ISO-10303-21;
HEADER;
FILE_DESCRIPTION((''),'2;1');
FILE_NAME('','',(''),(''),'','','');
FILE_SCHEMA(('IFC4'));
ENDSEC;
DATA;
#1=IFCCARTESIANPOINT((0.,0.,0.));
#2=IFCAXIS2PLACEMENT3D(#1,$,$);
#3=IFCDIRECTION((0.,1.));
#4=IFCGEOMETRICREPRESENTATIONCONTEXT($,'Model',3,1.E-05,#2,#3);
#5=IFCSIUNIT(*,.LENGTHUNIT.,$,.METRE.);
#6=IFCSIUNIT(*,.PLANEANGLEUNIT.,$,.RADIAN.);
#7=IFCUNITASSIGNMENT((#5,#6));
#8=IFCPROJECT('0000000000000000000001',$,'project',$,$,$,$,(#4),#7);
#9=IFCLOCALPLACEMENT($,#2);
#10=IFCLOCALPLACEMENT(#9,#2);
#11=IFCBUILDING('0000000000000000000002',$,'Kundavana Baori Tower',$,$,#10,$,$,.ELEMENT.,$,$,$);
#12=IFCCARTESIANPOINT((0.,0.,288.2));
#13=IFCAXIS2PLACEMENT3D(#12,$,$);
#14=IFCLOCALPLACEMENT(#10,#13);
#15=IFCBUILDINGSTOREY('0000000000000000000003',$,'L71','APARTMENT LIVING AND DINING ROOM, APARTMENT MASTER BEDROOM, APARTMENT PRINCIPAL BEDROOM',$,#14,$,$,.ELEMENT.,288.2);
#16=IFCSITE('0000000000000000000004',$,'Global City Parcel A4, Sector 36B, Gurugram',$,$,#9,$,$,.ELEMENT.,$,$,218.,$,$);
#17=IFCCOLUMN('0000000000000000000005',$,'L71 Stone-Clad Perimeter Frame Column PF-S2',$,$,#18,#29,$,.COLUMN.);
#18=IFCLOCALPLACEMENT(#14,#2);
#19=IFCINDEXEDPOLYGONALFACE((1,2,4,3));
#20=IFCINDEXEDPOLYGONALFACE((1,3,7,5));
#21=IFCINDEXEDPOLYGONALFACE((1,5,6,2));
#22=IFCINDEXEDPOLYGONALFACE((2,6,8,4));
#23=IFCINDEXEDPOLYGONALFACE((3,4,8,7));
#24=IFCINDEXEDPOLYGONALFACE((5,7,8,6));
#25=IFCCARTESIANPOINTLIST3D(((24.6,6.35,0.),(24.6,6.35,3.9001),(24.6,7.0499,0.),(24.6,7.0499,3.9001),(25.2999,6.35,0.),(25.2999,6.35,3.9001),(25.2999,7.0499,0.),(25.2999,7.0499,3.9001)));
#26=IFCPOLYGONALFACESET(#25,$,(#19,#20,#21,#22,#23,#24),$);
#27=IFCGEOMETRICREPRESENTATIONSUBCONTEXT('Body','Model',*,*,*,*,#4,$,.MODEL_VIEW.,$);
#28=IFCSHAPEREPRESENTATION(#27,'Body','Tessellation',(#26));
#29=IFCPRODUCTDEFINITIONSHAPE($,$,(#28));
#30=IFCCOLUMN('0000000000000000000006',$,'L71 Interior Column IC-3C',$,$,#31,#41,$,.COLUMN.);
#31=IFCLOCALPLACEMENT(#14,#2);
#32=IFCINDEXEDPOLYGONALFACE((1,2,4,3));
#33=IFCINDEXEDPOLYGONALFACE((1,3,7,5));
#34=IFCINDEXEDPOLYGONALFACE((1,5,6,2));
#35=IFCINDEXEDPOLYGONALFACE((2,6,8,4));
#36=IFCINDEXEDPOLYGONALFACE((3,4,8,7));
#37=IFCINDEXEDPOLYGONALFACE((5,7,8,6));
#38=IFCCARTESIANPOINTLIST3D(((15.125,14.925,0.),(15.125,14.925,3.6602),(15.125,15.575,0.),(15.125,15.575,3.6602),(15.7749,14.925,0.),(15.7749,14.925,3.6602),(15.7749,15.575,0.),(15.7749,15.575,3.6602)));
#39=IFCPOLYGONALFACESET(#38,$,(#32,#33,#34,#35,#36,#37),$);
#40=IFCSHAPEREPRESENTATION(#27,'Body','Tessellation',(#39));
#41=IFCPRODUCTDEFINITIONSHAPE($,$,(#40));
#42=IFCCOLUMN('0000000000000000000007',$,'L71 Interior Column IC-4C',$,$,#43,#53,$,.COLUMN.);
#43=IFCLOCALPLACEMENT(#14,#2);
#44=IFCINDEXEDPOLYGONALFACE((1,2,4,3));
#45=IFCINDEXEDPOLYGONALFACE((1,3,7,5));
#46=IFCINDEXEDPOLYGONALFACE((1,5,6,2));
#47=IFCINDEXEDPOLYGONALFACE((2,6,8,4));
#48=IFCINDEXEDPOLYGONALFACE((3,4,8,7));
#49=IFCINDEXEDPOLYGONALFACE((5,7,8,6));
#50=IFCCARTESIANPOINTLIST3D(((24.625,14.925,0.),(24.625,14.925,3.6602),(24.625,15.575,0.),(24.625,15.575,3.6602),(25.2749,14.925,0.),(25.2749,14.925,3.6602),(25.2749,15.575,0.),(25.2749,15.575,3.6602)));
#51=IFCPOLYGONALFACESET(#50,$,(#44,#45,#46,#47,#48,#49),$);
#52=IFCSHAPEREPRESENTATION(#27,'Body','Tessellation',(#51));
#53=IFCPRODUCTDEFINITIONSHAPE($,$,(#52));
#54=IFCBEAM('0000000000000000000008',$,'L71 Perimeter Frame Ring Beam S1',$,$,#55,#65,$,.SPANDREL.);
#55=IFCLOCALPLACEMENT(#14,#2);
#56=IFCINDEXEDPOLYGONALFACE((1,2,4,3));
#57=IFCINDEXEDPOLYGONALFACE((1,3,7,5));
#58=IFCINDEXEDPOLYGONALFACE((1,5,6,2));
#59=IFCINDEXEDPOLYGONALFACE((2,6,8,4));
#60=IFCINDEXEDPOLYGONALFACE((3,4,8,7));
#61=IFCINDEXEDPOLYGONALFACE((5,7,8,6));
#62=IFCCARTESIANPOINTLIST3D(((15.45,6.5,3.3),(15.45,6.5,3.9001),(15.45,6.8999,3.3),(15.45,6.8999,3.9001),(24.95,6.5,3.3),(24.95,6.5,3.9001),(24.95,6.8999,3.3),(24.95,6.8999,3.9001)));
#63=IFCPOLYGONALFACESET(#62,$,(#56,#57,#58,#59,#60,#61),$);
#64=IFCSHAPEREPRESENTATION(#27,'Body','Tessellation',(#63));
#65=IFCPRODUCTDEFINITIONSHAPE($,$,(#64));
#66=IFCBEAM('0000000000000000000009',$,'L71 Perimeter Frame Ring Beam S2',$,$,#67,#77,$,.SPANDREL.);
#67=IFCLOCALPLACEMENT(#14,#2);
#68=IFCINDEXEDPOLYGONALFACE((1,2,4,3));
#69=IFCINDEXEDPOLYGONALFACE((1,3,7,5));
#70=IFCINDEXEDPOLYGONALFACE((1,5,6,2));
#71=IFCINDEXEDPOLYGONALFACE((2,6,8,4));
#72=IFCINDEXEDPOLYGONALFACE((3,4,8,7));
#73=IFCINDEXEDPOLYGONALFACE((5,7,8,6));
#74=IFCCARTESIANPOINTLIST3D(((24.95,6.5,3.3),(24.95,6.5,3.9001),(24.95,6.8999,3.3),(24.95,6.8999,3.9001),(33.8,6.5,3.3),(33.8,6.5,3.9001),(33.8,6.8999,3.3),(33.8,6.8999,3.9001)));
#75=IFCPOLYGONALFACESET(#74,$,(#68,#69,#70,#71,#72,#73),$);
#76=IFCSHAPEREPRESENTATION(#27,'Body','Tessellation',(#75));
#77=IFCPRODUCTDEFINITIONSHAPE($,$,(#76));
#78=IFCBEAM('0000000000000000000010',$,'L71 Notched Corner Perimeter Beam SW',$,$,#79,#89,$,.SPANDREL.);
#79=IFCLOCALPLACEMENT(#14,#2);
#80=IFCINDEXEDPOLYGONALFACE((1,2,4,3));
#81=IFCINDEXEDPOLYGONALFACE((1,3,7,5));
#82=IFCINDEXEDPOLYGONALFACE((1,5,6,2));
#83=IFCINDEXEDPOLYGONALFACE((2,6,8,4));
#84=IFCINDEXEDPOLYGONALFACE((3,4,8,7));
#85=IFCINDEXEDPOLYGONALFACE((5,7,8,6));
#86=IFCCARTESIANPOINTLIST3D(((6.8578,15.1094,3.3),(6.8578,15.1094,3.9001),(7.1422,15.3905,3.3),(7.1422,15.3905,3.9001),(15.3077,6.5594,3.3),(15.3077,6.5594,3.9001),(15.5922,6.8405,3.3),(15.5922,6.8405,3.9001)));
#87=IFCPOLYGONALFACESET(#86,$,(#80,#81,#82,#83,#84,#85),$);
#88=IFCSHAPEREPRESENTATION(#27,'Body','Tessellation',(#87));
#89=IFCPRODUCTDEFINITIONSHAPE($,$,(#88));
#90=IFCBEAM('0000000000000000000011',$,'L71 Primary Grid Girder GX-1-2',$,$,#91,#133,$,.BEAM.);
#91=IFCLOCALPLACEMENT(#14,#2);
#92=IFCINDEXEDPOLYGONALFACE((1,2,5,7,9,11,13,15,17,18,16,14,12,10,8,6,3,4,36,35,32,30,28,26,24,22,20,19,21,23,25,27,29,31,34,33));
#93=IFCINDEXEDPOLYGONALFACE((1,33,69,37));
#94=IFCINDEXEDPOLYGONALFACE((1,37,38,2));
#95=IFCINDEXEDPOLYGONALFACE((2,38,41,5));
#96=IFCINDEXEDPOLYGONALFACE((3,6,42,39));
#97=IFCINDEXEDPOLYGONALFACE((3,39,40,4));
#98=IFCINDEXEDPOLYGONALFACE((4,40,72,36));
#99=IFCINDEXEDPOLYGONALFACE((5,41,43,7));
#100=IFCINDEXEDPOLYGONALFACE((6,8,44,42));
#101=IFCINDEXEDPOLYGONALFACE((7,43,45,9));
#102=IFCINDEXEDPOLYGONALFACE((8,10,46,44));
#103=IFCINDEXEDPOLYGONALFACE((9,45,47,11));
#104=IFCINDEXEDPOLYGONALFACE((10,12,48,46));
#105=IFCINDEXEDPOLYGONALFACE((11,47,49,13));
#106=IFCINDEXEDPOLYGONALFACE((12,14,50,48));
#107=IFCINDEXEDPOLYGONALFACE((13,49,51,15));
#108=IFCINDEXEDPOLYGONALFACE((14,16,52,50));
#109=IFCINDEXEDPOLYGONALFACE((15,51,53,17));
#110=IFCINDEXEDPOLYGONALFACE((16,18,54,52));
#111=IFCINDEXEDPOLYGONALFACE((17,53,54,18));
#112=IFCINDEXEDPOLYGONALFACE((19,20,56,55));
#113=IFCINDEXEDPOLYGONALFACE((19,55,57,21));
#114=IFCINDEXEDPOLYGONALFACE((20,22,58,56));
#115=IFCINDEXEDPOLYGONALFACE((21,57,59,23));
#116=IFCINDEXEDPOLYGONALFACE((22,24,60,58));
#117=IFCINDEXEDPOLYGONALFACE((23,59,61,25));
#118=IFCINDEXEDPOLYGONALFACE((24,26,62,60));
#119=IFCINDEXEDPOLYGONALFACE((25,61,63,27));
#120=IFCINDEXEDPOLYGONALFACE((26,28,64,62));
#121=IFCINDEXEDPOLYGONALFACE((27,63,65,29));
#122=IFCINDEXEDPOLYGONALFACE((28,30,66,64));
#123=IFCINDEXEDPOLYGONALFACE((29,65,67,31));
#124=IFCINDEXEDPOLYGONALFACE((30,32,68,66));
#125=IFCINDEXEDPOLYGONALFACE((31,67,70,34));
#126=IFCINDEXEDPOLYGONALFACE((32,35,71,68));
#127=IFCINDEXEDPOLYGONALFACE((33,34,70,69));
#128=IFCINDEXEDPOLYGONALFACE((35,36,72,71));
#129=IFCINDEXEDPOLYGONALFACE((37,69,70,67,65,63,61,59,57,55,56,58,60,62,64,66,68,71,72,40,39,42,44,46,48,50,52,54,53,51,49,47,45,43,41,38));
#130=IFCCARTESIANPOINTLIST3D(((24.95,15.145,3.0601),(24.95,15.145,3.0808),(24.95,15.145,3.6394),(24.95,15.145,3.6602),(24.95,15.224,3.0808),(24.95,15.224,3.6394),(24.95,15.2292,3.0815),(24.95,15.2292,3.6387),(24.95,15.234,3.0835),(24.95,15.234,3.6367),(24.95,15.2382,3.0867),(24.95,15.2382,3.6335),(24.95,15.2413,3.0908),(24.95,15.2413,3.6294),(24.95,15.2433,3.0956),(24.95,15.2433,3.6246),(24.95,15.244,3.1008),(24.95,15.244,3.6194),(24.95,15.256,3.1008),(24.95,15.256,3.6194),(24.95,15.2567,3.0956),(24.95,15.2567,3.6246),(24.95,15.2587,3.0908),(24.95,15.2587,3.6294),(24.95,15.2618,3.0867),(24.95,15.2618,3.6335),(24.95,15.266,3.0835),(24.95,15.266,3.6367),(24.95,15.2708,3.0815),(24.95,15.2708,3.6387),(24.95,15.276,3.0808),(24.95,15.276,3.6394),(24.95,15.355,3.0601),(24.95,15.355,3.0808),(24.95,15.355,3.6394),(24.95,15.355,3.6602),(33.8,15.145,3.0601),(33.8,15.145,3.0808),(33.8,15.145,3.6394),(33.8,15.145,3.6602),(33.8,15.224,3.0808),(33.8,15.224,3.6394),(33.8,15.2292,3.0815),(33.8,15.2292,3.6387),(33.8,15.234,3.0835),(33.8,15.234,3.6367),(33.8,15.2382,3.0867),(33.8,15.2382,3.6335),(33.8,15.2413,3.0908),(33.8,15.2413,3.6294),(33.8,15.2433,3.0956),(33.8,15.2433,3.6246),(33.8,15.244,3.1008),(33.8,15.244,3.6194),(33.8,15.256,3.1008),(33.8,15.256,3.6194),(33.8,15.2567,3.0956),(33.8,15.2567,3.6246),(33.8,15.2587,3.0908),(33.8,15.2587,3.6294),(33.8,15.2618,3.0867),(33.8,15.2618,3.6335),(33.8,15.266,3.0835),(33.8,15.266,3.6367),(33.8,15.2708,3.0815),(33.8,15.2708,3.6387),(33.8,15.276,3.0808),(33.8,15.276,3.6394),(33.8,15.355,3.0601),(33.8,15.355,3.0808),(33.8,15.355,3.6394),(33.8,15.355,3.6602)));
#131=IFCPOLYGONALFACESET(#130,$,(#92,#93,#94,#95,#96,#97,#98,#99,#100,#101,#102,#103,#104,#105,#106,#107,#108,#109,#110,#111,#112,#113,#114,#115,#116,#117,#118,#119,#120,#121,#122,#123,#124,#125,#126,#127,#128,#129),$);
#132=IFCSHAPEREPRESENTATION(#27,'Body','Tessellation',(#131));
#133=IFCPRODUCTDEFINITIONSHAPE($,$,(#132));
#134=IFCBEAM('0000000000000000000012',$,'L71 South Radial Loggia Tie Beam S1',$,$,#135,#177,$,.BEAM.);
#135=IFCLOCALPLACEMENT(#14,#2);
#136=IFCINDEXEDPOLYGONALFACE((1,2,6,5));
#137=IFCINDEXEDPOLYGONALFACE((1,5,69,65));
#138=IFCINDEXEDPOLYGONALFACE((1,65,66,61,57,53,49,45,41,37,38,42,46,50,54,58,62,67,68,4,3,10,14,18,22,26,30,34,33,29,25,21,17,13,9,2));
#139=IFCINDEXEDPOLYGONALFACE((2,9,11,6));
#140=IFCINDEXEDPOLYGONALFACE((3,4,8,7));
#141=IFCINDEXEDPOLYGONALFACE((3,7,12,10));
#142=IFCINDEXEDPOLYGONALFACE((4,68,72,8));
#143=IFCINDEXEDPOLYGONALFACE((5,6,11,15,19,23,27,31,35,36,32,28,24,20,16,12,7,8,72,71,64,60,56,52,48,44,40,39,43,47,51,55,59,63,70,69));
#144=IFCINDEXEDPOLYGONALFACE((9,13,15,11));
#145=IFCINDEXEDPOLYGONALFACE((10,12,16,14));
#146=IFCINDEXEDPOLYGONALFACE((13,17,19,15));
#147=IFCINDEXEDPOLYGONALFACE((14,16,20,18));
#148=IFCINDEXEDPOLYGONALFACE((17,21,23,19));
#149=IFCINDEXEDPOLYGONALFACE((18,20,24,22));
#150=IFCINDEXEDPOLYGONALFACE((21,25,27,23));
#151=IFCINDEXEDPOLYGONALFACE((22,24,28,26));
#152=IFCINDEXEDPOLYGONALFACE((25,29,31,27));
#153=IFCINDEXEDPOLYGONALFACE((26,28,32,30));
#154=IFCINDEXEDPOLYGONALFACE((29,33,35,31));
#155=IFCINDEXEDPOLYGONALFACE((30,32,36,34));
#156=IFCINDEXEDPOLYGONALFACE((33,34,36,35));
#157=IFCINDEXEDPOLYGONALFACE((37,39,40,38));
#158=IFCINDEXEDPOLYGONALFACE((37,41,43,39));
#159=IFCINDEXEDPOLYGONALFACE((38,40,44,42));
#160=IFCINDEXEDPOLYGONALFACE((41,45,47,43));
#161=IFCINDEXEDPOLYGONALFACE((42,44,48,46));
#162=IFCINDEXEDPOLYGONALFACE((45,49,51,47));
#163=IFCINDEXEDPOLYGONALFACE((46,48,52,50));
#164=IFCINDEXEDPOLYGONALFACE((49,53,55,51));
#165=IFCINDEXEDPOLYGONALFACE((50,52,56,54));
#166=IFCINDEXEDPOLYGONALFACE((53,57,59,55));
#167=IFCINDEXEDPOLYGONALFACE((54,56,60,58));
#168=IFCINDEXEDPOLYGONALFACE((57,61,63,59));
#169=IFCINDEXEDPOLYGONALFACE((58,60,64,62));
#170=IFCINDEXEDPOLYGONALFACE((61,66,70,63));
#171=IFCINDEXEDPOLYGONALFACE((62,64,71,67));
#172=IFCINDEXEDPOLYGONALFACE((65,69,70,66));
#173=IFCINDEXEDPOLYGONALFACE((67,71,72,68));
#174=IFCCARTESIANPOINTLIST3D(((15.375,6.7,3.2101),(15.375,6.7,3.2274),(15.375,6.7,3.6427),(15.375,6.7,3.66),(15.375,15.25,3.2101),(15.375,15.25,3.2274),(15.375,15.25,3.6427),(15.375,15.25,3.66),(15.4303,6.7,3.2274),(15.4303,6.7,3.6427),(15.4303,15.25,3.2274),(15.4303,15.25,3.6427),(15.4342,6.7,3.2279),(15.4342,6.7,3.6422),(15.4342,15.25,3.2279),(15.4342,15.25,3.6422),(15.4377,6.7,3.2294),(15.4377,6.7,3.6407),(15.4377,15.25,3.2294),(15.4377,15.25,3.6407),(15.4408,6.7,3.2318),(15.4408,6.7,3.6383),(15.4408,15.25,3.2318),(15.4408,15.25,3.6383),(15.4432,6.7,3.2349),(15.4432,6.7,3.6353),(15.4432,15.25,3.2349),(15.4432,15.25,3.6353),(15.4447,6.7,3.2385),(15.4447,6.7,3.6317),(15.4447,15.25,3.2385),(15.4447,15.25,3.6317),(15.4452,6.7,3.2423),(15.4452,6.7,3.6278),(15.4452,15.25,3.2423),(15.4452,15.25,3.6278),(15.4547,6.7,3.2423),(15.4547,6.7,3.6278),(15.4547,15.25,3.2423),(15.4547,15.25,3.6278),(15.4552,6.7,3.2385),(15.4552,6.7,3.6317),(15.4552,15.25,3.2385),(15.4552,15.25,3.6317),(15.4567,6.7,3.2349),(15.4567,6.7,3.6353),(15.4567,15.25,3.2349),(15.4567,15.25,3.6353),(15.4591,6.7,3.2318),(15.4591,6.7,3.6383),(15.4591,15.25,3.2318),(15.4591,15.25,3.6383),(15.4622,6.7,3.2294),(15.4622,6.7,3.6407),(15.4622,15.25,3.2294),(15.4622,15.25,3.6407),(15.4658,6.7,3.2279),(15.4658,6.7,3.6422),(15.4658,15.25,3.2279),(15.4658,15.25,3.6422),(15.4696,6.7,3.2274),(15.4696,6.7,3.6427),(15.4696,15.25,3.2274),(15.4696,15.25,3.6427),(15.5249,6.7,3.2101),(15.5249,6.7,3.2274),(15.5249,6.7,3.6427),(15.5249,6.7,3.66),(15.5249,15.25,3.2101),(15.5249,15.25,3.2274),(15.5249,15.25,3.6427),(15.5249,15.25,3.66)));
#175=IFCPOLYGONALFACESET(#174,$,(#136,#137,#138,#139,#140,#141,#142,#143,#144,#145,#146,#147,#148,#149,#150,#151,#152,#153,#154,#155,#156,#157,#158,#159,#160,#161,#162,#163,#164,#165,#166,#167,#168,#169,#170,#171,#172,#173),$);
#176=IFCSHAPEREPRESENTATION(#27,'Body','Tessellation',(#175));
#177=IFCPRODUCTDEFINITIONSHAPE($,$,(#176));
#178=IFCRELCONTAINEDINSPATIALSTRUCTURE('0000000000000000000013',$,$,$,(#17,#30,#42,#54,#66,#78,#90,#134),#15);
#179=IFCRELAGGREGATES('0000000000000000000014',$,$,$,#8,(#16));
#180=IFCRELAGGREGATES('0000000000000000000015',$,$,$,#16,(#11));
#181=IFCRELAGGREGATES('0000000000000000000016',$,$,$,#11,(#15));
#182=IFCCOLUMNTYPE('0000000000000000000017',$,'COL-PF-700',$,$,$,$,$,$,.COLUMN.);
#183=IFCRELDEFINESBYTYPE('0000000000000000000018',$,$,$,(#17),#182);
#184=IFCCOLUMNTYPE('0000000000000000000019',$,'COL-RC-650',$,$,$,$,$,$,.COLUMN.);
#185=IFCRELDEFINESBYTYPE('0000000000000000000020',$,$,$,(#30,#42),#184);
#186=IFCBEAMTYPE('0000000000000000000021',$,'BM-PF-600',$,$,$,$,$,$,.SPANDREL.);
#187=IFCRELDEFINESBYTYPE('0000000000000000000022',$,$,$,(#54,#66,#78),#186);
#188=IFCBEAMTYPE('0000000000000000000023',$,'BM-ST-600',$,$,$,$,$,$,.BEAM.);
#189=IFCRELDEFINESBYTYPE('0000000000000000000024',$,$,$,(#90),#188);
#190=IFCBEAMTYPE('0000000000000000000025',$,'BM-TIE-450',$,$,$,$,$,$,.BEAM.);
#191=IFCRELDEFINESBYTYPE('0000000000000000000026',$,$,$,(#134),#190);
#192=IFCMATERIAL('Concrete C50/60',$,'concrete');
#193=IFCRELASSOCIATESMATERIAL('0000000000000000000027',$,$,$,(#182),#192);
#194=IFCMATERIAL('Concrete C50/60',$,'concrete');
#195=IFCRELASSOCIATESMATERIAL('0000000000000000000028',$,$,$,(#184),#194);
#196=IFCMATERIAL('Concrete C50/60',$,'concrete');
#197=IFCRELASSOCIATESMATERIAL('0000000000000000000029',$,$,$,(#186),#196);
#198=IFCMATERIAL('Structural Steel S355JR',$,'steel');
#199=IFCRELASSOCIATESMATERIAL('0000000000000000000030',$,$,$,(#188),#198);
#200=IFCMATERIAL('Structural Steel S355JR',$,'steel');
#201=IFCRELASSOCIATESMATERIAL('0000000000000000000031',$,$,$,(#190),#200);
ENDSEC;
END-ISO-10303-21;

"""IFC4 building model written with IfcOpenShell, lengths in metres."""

from ifc_helpers import new_model, si_unit, direction, frame, origin, origin_2d, place, context, subcontext, project, spatial, rectangle, i_section, extrude, material, material_profile, profile_set, type_object, element, save


model = new_model("IFC4")

# Units and contexts
model_context = context("Model", 3, precision=1e-05, world=origin(), true_north=direction((0.0, 1.0)))
body_context = subcontext(model_context, "Body", "Model", "MODEL_VIEW")
ifc_project = project(units=[si_unit("LENGTHUNIT", "METRE"), si_unit("PLANEANGLEUNIT", "RADIAN")], contexts=[model_context])

# Site, building, storey
site_placement = place(None, origin())
site = spatial("IfcSite", under=ifc_project, at=site_placement, Name="Global City Parcel A4, Sector 36B, Gurugram", CompositionType="ELEMENT", RefElevation=218.0)
building_placement = place(site_placement, origin())
building = spatial("IfcBuilding", under=site, at=building_placement, Name="Kundavana Baori Tower", CompositionType="ELEMENT")
storey_placement = place(building_placement, frame((0.0, 0.0, 288.2)))
storey = spatial("IfcBuildingStorey", under=building, at=storey_placement, Name="L71", Description="APARTMENT LIVING AND DINING ROOM, APARTMENT MASTER BEDROOM, APARTMENT PRINCIPAL BEDROOM", CompositionType="ELEMENT", Elevation=288.2)

# Columns
ifc_material_1 = material(Name="Concrete C50/60", Category="concrete")
ifc_material_profile_1 = material_profile(ifc_material_1, rectangle(XDim=0.7, YDim=0.7, at=origin_2d()), Name="RC PF 700x700")
ifc_profile_set_1 = profile_set([ifc_material_profile_1], Name="Concrete C50/60")
column_type_1 = type_object("IfcColumnType", Name="COL-PF-700", PredefinedType="COLUMN", material=ifc_profile_set_1)
column_placement = place(storey_placement, frame((24.95, 6.7, 0.0), z_axis=(0.0, 0.0, 1.0), x_axis=(1.0, 0.0, 0.0)))
element("IfcColumn", 1, at=column_placement, inside=storey, type_object=column_type_1, Name="L71 Stone-Clad Perimeter Frame Column PF-S2", PredefinedType="COLUMN", context=body_context, shape_type="SweptSolid", body=[
    extrude(rectangle(XDim=0.7, YDim=0.7, at=origin_2d()), origin(), (0.0, 0.0, 1.0), 3.9001),
])
ifc_material_2 = material(Name="Concrete C50/60", Category="concrete")
ifc_material_profile_2 = material_profile(ifc_material_2, rectangle(XDim=0.6499, YDim=0.6499, at=origin_2d()), Name="RC 650x650")
ifc_profile_set_2 = profile_set([ifc_material_profile_2], Name="Concrete C50/60")
column_type_2 = type_object("IfcColumnType", Name="COL-RC-650", PredefinedType="COLUMN", material=ifc_profile_set_2)
for number, where, z_axis, x_axis, name in (
    (2, (15.45, 15.25, 0.0), (0.0, 0.0, 1.0), (1.0, 0.0, 0.0), "L71 Interior Column IC-3C"),
    (3, (24.95, 15.25, 0.0), (0.0, 0.0, 1.0), (1.0, 0.0, 0.0), "L71 Interior Column IC-4C"),
):
    element("IfcColumn", number, at=place(storey_placement, frame(where, z_axis=z_axis, x_axis=x_axis)), inside=storey, type_object=column_type_2, Name=name, PredefinedType="COLUMN", context=body_context, shape_type="SweptSolid", body=[
        extrude(rectangle(XDim=0.6499, YDim=0.6499, at=origin_2d()), origin(), (0.0, 0.0, 1.0), 3.6602),
    ])

# Beams
ifc_material_3 = material(Name="Concrete C50/60", Category="concrete")
ifc_material_profile_3 = material_profile(ifc_material_3, rectangle(XDim=0.3999, YDim=0.6001, at=origin_2d()), Name="RC BM 400x600")
ifc_profile_set_3 = profile_set([ifc_material_profile_3], Name="Concrete C50/60")
beam_type_1 = type_object("IfcBeamType", Name="BM-PF-600", PredefinedType="SPANDREL", material=ifc_profile_set_3)
beam_1_placement = place(storey_placement, frame((15.45, 6.7, 3.6001), z_axis=(1.0, 0.0, 0.0), x_axis=(0.0, 1.0, 0.0)))
element("IfcBeam", 4, at=beam_1_placement, inside=storey, type_object=beam_type_1, Name="L71 Perimeter Frame Ring Beam S1", PredefinedType="SPANDREL", context=body_context, shape_type="SweptSolid", body=[
    extrude(rectangle(XDim=0.3999, YDim=0.6001, at=origin_2d()), origin(), (0.0, 0.0, 1.0), 9.5),
])
beam_2_placement = place(storey_placement, frame((24.95, 6.7, 3.6001), z_axis=(1.0, 0.0, 0.0), x_axis=(0.0, 1.0, 0.0)))
element("IfcBeam", 5, at=beam_2_placement, inside=storey, type_object=beam_type_1, Name="L71 Perimeter Frame Ring Beam S2", PredefinedType="SPANDREL", context=body_context, shape_type="SweptSolid", body=[
    extrude(rectangle(XDim=0.3999, YDim=0.6001, at=origin_2d()), origin(), (0.0, 0.0, 1.0), 8.8501),
])
beam_3_placement = place(storey_placement, frame((15.45, 6.7, 3.6001), z_axis=(-0.702931, 0.711258, 0.0), x_axis=(-0.711258, -0.702931, 0.0)))
element("IfcBeam", 6, at=beam_3_placement, inside=storey, type_object=beam_type_1, Name="L71 Notched Corner Perimeter Beam SW", PredefinedType="SPANDREL", context=body_context, shape_type="SweptSolid", body=[
    extrude(rectangle(XDim=0.3999, YDim=0.6001, at=origin_2d()), origin(), (0.0, 0.0, 1.0), 12.021),
])
ifc_material_4 = material(Name="Structural Steel S355JR", Category="steel")
ifc_material_profile_4 = material_profile(ifc_material_4, i_section(OverallWidth=0.21, OverallDepth=0.6001, WebThickness=0.012, FlangeThickness=0.0208, FilletRadius=0.02, at=origin_2d()), Name="ISMB 600")
ifc_profile_set_4 = profile_set([ifc_material_profile_4], Name="Structural Steel S355JR")
beam_type_2 = type_object("IfcBeamType", Name="BM-ST-600", PredefinedType="BEAM", material=ifc_profile_set_4)
beam_4_placement = place(storey_placement, frame((24.95, 15.25, 3.3601), z_axis=(1.0, 0.0, 0.0), x_axis=(0.0, 1.0, 0.0)))
element("IfcBeam", 7, at=beam_4_placement, inside=storey, type_object=beam_type_2, Name="L71 Primary Grid Girder GX-1-2", PredefinedType="BEAM", context=body_context, shape_type="SweptSolid", body=[
    extrude(i_section(OverallWidth=0.21, OverallDepth=0.6001, WebThickness=0.012, FlangeThickness=0.0208, FilletRadius=0.02, at=origin_2d()), origin(), (0.0, 0.0, 1.0), 8.8501),
])
ifc_material_5 = material(Name="Structural Steel S355JR", Category="steel")
ifc_material_profile_5 = material_profile(ifc_material_5, i_section(OverallWidth=0.1499, OverallDepth=0.45, WebThickness=0.0095, FlangeThickness=0.0173, FilletRadius=0.0149, at=origin_2d()), Name="ISMB 450")
ifc_profile_set_5 = profile_set([ifc_material_profile_5], Name="Structural Steel S355JR")
beam_type_3 = type_object("IfcBeamType", Name="BM-TIE-450", PredefinedType="BEAM", material=ifc_profile_set_5)
for number, where, z_axis, x_axis, name in (
    (8, (15.45, 15.25, 3.4351), (0.0, -1.0, 0.0), (1.0, 0.0, 0.0), "L71 South Radial Loggia Tie Beam S1"),
):
    element("IfcBeam", number, at=place(storey_placement, frame(where, z_axis=z_axis, x_axis=x_axis)), inside=storey, type_object=beam_type_3, Name=name, PredefinedType="BEAM", context=body_context, shape_type="SweptSolid", body=[
        extrude(i_section(OverallWidth=0.1499, OverallDepth=0.45, WebThickness=0.0095, FlangeThickness=0.0173, FilletRadius=0.0149, at=origin_2d()), origin(), (0.0, 0.0, 1.0), 8.55),
    ])

save(model, "model.ifc")
